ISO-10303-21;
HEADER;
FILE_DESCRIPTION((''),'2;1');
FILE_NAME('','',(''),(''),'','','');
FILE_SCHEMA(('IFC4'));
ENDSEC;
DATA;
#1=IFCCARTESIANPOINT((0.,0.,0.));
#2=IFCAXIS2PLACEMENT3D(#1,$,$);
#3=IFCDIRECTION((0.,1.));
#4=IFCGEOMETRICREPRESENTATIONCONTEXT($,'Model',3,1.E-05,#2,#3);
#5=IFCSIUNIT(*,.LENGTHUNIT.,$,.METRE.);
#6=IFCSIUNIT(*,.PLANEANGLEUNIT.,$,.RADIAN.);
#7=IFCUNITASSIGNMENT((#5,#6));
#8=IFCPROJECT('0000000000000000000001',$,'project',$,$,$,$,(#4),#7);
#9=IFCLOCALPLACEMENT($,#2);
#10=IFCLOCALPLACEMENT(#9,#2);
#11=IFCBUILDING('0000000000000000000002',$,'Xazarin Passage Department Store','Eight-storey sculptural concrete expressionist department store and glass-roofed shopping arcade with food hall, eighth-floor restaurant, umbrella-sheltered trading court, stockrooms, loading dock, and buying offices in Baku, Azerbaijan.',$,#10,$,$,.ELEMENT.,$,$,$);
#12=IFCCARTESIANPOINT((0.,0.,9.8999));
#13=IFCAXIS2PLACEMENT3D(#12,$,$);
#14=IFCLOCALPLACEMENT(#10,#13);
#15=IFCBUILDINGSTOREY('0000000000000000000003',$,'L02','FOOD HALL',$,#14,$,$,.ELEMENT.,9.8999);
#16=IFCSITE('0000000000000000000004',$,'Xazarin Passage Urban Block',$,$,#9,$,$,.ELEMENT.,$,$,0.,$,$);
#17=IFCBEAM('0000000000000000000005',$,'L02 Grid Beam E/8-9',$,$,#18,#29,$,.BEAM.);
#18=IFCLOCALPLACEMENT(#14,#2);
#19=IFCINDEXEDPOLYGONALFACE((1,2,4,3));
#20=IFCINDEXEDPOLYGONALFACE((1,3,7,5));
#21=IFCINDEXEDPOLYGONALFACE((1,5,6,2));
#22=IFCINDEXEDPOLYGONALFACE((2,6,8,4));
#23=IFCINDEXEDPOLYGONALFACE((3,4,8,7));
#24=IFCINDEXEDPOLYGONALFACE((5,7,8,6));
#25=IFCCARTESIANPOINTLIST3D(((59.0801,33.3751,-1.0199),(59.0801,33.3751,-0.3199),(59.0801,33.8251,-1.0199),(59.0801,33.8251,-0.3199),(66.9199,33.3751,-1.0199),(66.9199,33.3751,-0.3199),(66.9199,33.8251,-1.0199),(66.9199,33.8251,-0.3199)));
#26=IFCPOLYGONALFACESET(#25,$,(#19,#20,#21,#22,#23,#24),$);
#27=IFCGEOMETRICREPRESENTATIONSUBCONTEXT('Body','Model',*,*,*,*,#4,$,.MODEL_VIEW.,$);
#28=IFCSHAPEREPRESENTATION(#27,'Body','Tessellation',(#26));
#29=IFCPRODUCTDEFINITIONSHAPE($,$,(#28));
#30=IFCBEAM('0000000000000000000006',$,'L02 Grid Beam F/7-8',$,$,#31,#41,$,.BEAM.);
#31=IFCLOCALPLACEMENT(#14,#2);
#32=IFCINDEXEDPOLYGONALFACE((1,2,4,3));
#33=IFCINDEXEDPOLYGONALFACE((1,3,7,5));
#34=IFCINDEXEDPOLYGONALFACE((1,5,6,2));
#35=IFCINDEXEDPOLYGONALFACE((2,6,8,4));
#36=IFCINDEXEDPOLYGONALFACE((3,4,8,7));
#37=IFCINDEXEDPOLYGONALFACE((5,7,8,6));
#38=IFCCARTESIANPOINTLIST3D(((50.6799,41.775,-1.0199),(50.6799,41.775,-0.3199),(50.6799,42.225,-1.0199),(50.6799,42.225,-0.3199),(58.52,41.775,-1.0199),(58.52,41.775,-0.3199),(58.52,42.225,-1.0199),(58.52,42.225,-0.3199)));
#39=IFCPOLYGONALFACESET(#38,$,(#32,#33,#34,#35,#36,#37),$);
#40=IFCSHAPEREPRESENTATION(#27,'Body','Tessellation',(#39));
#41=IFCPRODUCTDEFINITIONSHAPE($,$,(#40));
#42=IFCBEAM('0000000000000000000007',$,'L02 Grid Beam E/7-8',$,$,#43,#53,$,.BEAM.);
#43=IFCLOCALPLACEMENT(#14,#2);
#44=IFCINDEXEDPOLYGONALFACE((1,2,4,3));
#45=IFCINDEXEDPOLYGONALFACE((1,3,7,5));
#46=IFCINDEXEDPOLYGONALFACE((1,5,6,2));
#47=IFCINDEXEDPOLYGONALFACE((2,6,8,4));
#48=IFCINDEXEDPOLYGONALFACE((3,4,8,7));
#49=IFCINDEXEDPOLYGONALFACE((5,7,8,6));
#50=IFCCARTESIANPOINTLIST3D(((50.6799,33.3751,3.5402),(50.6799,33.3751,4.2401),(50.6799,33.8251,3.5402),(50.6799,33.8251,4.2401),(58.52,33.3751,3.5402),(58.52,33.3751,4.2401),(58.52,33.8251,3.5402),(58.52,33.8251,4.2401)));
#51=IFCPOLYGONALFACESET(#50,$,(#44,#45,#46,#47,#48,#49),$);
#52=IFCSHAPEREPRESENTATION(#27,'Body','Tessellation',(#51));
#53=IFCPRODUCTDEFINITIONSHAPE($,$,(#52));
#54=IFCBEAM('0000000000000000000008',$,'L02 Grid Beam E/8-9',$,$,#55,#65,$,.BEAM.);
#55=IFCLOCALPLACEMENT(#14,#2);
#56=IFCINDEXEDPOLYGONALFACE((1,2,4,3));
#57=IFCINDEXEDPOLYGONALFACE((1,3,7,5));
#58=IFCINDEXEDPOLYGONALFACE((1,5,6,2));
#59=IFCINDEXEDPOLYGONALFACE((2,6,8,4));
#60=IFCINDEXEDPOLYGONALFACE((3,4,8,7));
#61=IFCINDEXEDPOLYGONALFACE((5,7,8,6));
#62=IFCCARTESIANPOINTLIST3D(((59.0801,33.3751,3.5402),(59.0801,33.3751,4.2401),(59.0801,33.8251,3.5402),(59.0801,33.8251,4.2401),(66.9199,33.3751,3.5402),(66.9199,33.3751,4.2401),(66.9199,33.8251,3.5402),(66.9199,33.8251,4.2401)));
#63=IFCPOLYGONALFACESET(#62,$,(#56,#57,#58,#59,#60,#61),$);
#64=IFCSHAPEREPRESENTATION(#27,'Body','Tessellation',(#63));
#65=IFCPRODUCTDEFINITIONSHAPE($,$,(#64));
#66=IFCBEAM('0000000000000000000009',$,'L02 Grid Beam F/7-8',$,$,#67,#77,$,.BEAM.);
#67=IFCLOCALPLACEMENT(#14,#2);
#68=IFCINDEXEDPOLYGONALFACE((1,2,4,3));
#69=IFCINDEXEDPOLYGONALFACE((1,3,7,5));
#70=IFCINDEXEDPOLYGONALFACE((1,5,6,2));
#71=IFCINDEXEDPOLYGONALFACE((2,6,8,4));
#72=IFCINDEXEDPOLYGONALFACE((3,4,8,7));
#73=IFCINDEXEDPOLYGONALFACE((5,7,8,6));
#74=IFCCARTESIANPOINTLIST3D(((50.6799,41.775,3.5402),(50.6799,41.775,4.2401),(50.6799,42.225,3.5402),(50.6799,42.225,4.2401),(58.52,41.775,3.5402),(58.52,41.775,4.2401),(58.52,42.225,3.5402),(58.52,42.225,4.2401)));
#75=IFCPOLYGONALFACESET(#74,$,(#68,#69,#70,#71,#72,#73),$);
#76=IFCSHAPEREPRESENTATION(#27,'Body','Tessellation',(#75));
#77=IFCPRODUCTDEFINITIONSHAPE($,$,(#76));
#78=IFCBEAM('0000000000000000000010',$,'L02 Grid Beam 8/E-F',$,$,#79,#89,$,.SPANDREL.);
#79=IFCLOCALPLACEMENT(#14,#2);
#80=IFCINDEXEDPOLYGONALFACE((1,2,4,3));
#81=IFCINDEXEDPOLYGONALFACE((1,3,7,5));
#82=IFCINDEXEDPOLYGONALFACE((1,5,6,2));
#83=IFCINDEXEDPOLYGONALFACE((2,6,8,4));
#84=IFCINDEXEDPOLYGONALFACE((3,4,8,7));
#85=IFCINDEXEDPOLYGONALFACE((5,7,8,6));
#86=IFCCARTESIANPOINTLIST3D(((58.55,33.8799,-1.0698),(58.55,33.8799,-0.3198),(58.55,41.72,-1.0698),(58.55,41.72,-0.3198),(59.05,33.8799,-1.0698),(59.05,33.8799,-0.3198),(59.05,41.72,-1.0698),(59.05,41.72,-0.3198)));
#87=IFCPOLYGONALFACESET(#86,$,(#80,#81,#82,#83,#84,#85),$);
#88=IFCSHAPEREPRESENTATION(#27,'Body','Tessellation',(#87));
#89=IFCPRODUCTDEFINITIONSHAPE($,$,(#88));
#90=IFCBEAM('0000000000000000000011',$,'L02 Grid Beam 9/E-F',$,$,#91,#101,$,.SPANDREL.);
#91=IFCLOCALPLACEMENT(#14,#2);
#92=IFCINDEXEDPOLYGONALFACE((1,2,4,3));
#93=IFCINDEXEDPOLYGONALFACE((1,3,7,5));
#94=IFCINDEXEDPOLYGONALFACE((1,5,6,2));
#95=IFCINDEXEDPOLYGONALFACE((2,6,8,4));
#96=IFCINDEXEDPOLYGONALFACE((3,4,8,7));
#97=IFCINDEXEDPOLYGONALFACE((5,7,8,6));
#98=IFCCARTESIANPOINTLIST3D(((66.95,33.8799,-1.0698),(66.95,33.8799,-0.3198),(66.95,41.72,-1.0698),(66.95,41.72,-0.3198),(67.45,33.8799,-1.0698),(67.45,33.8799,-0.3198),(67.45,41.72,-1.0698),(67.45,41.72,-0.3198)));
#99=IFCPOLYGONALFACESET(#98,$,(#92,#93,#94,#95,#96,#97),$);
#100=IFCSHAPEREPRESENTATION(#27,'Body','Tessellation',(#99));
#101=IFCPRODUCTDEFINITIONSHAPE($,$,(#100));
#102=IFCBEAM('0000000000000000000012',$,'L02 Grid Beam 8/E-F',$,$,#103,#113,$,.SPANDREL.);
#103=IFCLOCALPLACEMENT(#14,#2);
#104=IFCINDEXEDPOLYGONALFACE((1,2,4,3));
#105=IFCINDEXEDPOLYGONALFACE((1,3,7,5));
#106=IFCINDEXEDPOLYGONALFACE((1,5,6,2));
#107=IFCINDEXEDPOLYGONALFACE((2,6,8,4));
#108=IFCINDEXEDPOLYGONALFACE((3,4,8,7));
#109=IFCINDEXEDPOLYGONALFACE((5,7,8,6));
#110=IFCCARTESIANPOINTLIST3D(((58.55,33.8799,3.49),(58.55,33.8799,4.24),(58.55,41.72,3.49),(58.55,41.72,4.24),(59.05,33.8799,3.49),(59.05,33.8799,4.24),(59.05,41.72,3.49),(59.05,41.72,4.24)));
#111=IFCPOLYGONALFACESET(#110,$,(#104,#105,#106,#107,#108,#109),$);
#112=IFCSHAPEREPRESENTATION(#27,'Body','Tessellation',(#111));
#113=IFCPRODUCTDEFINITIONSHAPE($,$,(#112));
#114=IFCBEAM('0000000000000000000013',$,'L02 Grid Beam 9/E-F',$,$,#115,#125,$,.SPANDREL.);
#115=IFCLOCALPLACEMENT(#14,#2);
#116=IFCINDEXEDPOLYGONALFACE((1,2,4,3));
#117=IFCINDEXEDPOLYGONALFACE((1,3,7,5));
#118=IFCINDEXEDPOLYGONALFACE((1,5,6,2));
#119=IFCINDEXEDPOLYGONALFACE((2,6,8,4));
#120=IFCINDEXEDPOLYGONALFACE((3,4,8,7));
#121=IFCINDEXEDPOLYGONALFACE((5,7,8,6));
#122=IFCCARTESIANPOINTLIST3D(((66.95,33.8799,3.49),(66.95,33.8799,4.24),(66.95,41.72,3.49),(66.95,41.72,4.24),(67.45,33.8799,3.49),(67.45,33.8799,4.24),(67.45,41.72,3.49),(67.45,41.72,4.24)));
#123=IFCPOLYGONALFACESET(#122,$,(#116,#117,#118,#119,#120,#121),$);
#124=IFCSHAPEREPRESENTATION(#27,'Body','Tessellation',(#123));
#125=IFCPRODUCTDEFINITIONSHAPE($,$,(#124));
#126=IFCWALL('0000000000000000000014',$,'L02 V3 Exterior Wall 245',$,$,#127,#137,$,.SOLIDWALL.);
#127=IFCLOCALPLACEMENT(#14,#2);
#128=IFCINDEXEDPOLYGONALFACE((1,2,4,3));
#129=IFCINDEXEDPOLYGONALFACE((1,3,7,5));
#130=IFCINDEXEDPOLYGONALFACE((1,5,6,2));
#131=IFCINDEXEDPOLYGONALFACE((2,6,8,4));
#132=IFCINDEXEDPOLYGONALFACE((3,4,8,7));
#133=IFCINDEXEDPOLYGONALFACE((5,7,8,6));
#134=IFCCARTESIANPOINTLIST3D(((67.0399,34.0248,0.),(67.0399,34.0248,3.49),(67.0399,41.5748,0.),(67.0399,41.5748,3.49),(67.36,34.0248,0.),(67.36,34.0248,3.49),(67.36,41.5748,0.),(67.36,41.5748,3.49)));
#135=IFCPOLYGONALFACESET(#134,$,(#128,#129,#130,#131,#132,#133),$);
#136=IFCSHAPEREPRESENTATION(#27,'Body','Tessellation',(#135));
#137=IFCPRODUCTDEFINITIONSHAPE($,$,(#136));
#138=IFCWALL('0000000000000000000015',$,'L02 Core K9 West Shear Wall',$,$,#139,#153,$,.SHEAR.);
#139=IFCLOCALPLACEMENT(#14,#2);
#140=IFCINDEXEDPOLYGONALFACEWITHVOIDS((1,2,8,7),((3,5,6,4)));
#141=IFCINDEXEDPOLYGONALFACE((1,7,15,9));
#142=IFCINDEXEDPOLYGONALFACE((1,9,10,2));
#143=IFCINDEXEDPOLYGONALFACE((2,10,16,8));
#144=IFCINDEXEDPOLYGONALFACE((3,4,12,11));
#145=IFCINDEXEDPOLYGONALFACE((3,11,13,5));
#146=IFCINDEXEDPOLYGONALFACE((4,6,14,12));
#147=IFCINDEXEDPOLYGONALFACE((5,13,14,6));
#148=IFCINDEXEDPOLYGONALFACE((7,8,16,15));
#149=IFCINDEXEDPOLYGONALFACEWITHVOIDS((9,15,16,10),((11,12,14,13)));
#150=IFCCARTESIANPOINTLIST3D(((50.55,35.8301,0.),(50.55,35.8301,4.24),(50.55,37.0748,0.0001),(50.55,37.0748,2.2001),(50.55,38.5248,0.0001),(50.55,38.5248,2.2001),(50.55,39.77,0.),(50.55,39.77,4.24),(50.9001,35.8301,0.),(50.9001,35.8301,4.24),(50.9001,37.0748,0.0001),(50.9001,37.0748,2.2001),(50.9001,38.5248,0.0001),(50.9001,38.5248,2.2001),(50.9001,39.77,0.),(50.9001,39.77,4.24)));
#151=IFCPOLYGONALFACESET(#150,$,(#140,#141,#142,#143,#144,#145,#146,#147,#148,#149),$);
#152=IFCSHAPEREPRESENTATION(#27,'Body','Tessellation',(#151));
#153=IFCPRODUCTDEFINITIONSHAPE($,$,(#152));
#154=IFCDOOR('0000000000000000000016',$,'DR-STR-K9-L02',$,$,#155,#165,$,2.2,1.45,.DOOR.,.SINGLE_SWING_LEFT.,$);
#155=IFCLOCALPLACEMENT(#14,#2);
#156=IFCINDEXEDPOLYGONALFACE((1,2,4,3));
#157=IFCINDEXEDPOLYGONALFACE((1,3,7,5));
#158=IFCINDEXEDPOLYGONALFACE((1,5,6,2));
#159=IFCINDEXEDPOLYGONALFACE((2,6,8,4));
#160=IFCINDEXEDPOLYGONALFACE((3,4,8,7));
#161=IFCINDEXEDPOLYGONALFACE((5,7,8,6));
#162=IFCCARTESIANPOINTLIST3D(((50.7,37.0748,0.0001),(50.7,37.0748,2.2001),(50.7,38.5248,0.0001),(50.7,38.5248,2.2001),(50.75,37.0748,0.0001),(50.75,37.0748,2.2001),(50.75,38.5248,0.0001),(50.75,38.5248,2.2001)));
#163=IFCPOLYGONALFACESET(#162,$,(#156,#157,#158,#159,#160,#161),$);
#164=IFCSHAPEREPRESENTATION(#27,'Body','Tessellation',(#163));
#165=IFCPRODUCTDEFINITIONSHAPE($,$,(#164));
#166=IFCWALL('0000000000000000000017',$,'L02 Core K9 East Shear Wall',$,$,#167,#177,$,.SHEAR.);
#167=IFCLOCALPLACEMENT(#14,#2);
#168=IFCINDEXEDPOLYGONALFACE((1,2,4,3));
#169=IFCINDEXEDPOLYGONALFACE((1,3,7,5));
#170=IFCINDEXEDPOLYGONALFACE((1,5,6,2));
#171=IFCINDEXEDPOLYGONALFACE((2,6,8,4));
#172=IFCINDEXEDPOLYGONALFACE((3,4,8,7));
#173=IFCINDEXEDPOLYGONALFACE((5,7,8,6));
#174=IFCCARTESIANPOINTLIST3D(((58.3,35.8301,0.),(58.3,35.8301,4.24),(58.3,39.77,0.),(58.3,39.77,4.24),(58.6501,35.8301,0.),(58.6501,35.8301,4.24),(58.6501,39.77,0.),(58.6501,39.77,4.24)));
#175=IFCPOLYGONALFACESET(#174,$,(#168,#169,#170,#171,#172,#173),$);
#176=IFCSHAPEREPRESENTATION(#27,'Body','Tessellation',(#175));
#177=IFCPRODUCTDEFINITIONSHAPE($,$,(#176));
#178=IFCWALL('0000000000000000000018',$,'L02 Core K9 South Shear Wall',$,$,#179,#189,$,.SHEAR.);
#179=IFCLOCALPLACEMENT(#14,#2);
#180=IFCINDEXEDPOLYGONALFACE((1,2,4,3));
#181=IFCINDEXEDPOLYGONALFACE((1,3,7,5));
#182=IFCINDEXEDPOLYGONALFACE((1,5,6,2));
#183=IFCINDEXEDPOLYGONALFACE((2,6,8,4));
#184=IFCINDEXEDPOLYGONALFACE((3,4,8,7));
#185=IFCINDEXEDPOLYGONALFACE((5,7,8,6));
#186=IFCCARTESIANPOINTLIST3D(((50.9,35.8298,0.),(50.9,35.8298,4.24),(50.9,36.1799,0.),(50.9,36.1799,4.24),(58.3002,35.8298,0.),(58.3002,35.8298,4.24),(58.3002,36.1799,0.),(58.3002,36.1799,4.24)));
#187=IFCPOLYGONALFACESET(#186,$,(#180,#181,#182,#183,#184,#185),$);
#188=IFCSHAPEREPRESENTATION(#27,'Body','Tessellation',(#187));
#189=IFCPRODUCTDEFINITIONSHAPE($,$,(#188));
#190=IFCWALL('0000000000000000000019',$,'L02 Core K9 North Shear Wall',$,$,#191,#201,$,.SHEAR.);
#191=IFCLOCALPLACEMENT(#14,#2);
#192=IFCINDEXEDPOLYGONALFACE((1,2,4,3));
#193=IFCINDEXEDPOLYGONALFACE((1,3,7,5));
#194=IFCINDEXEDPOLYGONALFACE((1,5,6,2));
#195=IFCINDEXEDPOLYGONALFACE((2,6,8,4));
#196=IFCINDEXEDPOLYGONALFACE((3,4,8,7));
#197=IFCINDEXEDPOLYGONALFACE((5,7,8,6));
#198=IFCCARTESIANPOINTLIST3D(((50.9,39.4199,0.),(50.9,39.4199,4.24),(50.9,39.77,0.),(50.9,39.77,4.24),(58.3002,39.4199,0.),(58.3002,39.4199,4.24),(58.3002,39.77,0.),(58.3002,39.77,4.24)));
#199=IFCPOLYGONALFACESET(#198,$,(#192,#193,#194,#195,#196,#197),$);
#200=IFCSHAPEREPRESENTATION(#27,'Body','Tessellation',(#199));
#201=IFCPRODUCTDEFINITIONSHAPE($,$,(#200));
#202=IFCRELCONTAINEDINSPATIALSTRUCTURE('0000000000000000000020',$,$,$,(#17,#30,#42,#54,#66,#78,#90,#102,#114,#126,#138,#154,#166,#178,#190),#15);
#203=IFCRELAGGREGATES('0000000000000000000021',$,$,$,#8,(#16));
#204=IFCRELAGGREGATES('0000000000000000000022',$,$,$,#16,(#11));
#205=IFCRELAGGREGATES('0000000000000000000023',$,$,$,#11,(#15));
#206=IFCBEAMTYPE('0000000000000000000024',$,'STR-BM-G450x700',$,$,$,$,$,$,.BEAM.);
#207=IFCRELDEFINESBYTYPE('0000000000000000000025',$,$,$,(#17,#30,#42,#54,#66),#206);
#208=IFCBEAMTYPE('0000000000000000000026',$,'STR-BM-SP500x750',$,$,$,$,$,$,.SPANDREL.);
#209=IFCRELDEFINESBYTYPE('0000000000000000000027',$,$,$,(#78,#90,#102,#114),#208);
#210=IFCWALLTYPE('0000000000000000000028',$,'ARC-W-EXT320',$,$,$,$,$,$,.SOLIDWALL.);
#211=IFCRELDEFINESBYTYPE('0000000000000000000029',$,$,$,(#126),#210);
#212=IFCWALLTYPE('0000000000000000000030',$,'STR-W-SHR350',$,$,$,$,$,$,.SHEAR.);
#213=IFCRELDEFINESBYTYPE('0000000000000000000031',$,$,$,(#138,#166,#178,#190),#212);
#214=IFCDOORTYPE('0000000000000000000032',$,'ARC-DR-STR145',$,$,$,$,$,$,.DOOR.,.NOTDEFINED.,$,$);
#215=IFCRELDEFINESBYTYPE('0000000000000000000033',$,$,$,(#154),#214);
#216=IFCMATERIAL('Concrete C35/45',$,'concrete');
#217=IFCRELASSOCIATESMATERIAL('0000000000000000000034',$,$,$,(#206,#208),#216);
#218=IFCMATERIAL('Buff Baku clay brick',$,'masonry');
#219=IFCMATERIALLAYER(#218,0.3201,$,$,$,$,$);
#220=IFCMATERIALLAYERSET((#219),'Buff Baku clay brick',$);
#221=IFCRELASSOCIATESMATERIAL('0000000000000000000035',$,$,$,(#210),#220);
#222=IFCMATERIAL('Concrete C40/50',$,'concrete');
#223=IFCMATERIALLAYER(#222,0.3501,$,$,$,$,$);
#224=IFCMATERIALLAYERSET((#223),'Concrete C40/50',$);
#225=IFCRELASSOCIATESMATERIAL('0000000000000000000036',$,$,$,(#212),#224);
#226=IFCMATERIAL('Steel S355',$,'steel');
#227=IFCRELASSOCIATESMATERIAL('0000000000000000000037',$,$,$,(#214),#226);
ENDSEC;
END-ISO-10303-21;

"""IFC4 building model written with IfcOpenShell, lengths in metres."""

from ifc_helpers import new_model, si_unit, direction, frame, frame_2d, origin, origin_2d, place, context, subcontext, project, spatial, rectangle, extrude, material, layer, layer_set, material_profile, profile_set, type_object, element, fill, save


model = new_model("IFC4")

# Units and contexts
model_context = context("Model", 3, precision=1e-05, world=origin(), true_north=direction((0.0, 1.0)))
body_context = subcontext(model_context, "Body", "Model", "MODEL_VIEW")
ifc_project = project(units=[si_unit("LENGTHUNIT", "METRE"), si_unit("PLANEANGLEUNIT", "RADIAN")], contexts=[model_context])

# Site, building, storey
site_placement = place(None, origin())
site = spatial("IfcSite", under=ifc_project, at=site_placement, Name="Xazarin Passage Urban Block", CompositionType="ELEMENT", RefElevation=0.0)
building_placement = place(site_placement, origin())
building = spatial("IfcBuilding", under=site, at=building_placement, Name="Xazarin Passage Department Store", Description="Eight-storey sculptural concrete expressionist department store and glass-roofed shopping arcade with food hall, eighth-floor restaurant, umbrella-sheltered trading court, stockrooms, loading dock, and buying offices in Baku, Azerbaijan.", CompositionType="ELEMENT")
storey_placement = place(building_placement, frame((0.0, 0.0, 9.8999)))
storey = spatial("IfcBuildingStorey", under=building, at=storey_placement, Name="L02", Description="FOOD HALL", CompositionType="ELEMENT", Elevation=9.8999)

# Shared definitions
ifc_material_1 = material(Name="Concrete C40/50", Category="concrete")

# Beams
ifc_material_2 = material(Name="Steel S355", Category="steel")
ifc_material_3 = material(Name="Concrete C35/45", Category="concrete")
ifc_material_profile_1 = material_profile(ifc_material_3, rectangle(XDim=0.45, YDim=0.7, at=origin_2d()), Name="RC 450x700")
ifc_profile_set_1 = profile_set([ifc_material_profile_1], Name="Concrete C35/45")
beam_type_1 = type_object("IfcBeamType", Name="STR-BM-G450x700", PredefinedType="BEAM", material=ifc_profile_set_1)
beam_1_placement = place(storey_placement, frame((59.0801, 33.6001, -0.6699), z_axis=(1.0, 0.0, 0.0), x_axis=(0.0, 1.0, 0.0)))
element("IfcBeam", 1, at=beam_1_placement, inside=storey, type_object=beam_type_1, Name="L02 Grid Beam E/8-9", PredefinedType="BEAM", context=body_context, shape_type="SweptSolid", body=[
    extrude(rectangle(XDim=0.45, YDim=0.7, at=origin_2d()), origin(), (0.0, 0.0, 1.0), 7.8398),
])
for number, where, z_axis, x_axis, name in (
    (2, (50.6799, 42.0, -0.6699), (1.0, 0.0, 0.0), (0.0, 1.0, 0.0), "L02 Grid Beam F/7-8"),
    (3, (50.6799, 33.6001, 3.8901), (1.0, 0.0, 0.0), (0.0, 1.0, 0.0), "L02 Grid Beam E/7-8"),
):
    element("IfcBeam", number, at=place(storey_placement, frame(where, z_axis=z_axis, x_axis=x_axis)), inside=storey, type_object=beam_type_1, Name=name, PredefinedType="BEAM", context=body_context, shape_type="SweptSolid", body=[
        extrude(rectangle(XDim=0.45, YDim=0.7, at=origin_2d()), origin(), (0.0, 0.0, 1.0), 7.8401),
    ])
beam_2_placement = place(storey_placement, frame((59.0801, 33.6001, 3.8901), z_axis=(1.0, 0.0, 0.0), x_axis=(0.0, 1.0, 0.0)))
element("IfcBeam", 4, at=beam_2_placement, inside=storey, type_object=beam_type_1, Name="L02 Grid Beam E/8-9", PredefinedType="BEAM", context=body_context, shape_type="SweptSolid", body=[
    extrude(rectangle(XDim=0.45, YDim=0.7, at=origin_2d()), origin(), (0.0, 0.0, 1.0), 7.8398),
])
beam_3_placement = place(storey_placement, frame((50.6799, 42.0, 3.8901), z_axis=(1.0, 0.0, 0.0), x_axis=(0.0, 1.0, 0.0)))
element("IfcBeam", 5, at=beam_3_placement, inside=storey, type_object=beam_type_1, Name="L02 Grid Beam F/7-8", PredefinedType="BEAM", context=body_context, shape_type="SweptSolid", body=[
    extrude(rectangle(XDim=0.45, YDim=0.7, at=origin_2d()), origin(), (0.0, 0.0, 1.0), 7.8401),
])
ifc_material_profile_2 = material_profile(ifc_material_3, rectangle(XDim=0.5, YDim=0.75, at=origin_2d()), Name="RC 500x750")
ifc_profile_set_2 = profile_set([ifc_material_profile_2], Name="Concrete C35/45")
beam_type_2 = type_object("IfcBeamType", Name="STR-BM-SP500x750", PredefinedType="SPANDREL", material=ifc_profile_set_2)
for number, where, z_axis, x_axis, name in (
    (6, (58.8, 33.8799, -0.6948), (0.0, 1.0, 0.0), (-1.0, 0.0, 0.0), "L02 Grid Beam 8/E-F"),
    (7, (67.2, 33.8799, -0.6948), (0.0, 1.0, 0.0), (-1.0, 0.0, 0.0), "L02 Grid Beam 9/E-F"),
    (8, (58.8, 33.8799, 3.865), (0.0, 1.0, 0.0), (-1.0, 0.0, 0.0), "L02 Grid Beam 8/E-F"),
    (9, (67.2, 33.8799, 3.865), (0.0, 1.0, 0.0), (-1.0, 0.0, 0.0), "L02 Grid Beam 9/E-F"),
):
    element("IfcBeam", number, at=place(storey_placement, frame(where, z_axis=z_axis, x_axis=x_axis)), inside=storey, type_object=beam_type_2, Name=name, PredefinedType="SPANDREL", context=body_context, shape_type="SweptSolid", body=[
        extrude(rectangle(XDim=0.5, YDim=0.75, at=origin_2d()), origin(), (0.0, 0.0, 1.0), 7.8401),
    ])

# Wall
ifc_material_4 = material(Name="Buff Baku clay brick", Category="masonry")
ifc_layer_1 = layer(ifc_material_4, 0.3201)
ifc_layer_set_1 = layer_set([ifc_layer_1], Name="Buff Baku clay brick")
wall_type_1 = type_object("IfcWallType", Name="ARC-W-EXT320", PredefinedType="SOLIDWALL", material=ifc_layer_set_1)
wall_1_placement = place(storey_placement, frame((67.2, 34.0249, 0.0), z_axis=(0.0, 0.0, 1.0), x_axis=(0.0, 1.0, 0.0)))
element("IfcWall", 10, at=wall_1_placement, inside=storey, type_object=wall_type_1, Name="L02 V3 Exterior Wall 245", PredefinedType="SOLIDWALL", context=body_context, shape_type="SweptSolid", body=[
    extrude(rectangle(XDim=7.55, YDim=0.3201, at=frame_2d((3.7749, 0.0))), origin(), (0.0, 0.0, 1.0), 3.49),
])

# Wall, opening, door
ifc_layer_2 = layer(ifc_material_1, 0.3501)
ifc_layer_set_2 = layer_set([ifc_layer_2], Name="Concrete C40/50")
wall_type_2 = type_object("IfcWallType", Name="STR-W-SHR350", PredefinedType="SHEAR", material=ifc_layer_set_2)
wall_2_placement = place(storey_placement, frame((50.7251, 39.77, 0.0), z_axis=(0.0, 0.0, 1.0), x_axis=(0.0, -1.0, 0.0)))
wall_2 = element("IfcWall", 11, at=wall_2_placement, inside=storey, type_object=wall_type_2, Name="L02 Core K9 West Shear Wall", PredefinedType="SHEAR", context=body_context, shape_type="SweptSolid", body=[
    extrude(rectangle(XDim=3.9399, YDim=0.3501, at=frame_2d((1.97, 0.0))), origin(), (0.0, 0.0, 1.0), 4.24),
])
opening_placement = place(wall_2_placement, frame((1.2451, 0.0, 0.0)))
opening = element("IfcOpeningElement", 12, at=opening_placement, cuts=wall_2, PredefinedType="OPENING", context=body_context, shape_type="SweptSolid", body=[
    extrude(rectangle(XDim=1.45, YDim=2.2, at=frame_2d((0.7251, 1.1001))), frame((0.0, 0.1851, 0.0), z_axis=(0.0, -1.0, 0.0), x_axis=(1.0, 0.0, 0.0)), (0.0, 0.0, 1.0), 0.3701),
])
door_type = type_object("IfcDoorType", Name="ARC-DR-STR145", OperationType="NOTDEFINED", PredefinedType="DOOR", material=ifc_material_2)
door_placement = place(opening_placement, origin())
door = element("IfcDoor", 13, at=door_placement, inside=storey, type_object=door_type, Name="DR-STR-K9-L02", OperationType="SINGLE_SWING_LEFT", OverallHeight=2.2, OverallWidth=1.45, PredefinedType="DOOR", context=body_context, shape_type="SweptSolid", body=[
    extrude(rectangle(XDim=1.45, YDim=2.2, at=frame_2d((0.7251, 1.1001))), frame((0.0, 0.0249, 0.0), z_axis=(0.0, -1.0, 0.0), x_axis=(1.0, 0.0, 0.0)), (0.0, 0.0, 1.0), 0.05),
])
fill(opening, door)

# Walls
wall_3_placement = place(storey_placement, frame((58.4751, 35.8301, 0.0), z_axis=(0.0, 0.0, 1.0), x_axis=(0.0, 1.0, 0.0)))
element("IfcWall", 14, at=wall_3_placement, inside=storey, type_object=wall_type_2, Name="L02 Core K9 East Shear Wall", PredefinedType="SHEAR", context=body_context, shape_type="SweptSolid", body=[
    extrude(rectangle(XDim=3.9399, YDim=0.3501, at=frame_2d((1.97, 0.0))), origin(), (0.0, 0.0, 1.0), 4.24),
])
for number, where, z_axis, x_axis, name in (
    (15, (50.8999, 36.0049, 0.0), (0.0, 0.0, 1.0), (1.0, 0.0, 0.0), "L02 Core K9 South Shear Wall"),
    (16, (50.8999, 39.595, 0.0), (0.0, 0.0, 1.0), (1.0, 0.0, 0.0), "L02 Core K9 North Shear Wall"),
):
    element("IfcWall", number, at=place(storey_placement, frame(where, z_axis=z_axis, x_axis=x_axis)), inside=storey, type_object=wall_type_2, Name=name, PredefinedType="SHEAR", context=body_context, shape_type="SweptSolid", body=[
        extrude(rectangle(XDim=7.4001, YDim=0.3501, at=frame_2d((3.7002, 0.0))), origin(), (0.0, 0.0, 1.0), 4.24),
    ])

save(model, "model.ifc")
